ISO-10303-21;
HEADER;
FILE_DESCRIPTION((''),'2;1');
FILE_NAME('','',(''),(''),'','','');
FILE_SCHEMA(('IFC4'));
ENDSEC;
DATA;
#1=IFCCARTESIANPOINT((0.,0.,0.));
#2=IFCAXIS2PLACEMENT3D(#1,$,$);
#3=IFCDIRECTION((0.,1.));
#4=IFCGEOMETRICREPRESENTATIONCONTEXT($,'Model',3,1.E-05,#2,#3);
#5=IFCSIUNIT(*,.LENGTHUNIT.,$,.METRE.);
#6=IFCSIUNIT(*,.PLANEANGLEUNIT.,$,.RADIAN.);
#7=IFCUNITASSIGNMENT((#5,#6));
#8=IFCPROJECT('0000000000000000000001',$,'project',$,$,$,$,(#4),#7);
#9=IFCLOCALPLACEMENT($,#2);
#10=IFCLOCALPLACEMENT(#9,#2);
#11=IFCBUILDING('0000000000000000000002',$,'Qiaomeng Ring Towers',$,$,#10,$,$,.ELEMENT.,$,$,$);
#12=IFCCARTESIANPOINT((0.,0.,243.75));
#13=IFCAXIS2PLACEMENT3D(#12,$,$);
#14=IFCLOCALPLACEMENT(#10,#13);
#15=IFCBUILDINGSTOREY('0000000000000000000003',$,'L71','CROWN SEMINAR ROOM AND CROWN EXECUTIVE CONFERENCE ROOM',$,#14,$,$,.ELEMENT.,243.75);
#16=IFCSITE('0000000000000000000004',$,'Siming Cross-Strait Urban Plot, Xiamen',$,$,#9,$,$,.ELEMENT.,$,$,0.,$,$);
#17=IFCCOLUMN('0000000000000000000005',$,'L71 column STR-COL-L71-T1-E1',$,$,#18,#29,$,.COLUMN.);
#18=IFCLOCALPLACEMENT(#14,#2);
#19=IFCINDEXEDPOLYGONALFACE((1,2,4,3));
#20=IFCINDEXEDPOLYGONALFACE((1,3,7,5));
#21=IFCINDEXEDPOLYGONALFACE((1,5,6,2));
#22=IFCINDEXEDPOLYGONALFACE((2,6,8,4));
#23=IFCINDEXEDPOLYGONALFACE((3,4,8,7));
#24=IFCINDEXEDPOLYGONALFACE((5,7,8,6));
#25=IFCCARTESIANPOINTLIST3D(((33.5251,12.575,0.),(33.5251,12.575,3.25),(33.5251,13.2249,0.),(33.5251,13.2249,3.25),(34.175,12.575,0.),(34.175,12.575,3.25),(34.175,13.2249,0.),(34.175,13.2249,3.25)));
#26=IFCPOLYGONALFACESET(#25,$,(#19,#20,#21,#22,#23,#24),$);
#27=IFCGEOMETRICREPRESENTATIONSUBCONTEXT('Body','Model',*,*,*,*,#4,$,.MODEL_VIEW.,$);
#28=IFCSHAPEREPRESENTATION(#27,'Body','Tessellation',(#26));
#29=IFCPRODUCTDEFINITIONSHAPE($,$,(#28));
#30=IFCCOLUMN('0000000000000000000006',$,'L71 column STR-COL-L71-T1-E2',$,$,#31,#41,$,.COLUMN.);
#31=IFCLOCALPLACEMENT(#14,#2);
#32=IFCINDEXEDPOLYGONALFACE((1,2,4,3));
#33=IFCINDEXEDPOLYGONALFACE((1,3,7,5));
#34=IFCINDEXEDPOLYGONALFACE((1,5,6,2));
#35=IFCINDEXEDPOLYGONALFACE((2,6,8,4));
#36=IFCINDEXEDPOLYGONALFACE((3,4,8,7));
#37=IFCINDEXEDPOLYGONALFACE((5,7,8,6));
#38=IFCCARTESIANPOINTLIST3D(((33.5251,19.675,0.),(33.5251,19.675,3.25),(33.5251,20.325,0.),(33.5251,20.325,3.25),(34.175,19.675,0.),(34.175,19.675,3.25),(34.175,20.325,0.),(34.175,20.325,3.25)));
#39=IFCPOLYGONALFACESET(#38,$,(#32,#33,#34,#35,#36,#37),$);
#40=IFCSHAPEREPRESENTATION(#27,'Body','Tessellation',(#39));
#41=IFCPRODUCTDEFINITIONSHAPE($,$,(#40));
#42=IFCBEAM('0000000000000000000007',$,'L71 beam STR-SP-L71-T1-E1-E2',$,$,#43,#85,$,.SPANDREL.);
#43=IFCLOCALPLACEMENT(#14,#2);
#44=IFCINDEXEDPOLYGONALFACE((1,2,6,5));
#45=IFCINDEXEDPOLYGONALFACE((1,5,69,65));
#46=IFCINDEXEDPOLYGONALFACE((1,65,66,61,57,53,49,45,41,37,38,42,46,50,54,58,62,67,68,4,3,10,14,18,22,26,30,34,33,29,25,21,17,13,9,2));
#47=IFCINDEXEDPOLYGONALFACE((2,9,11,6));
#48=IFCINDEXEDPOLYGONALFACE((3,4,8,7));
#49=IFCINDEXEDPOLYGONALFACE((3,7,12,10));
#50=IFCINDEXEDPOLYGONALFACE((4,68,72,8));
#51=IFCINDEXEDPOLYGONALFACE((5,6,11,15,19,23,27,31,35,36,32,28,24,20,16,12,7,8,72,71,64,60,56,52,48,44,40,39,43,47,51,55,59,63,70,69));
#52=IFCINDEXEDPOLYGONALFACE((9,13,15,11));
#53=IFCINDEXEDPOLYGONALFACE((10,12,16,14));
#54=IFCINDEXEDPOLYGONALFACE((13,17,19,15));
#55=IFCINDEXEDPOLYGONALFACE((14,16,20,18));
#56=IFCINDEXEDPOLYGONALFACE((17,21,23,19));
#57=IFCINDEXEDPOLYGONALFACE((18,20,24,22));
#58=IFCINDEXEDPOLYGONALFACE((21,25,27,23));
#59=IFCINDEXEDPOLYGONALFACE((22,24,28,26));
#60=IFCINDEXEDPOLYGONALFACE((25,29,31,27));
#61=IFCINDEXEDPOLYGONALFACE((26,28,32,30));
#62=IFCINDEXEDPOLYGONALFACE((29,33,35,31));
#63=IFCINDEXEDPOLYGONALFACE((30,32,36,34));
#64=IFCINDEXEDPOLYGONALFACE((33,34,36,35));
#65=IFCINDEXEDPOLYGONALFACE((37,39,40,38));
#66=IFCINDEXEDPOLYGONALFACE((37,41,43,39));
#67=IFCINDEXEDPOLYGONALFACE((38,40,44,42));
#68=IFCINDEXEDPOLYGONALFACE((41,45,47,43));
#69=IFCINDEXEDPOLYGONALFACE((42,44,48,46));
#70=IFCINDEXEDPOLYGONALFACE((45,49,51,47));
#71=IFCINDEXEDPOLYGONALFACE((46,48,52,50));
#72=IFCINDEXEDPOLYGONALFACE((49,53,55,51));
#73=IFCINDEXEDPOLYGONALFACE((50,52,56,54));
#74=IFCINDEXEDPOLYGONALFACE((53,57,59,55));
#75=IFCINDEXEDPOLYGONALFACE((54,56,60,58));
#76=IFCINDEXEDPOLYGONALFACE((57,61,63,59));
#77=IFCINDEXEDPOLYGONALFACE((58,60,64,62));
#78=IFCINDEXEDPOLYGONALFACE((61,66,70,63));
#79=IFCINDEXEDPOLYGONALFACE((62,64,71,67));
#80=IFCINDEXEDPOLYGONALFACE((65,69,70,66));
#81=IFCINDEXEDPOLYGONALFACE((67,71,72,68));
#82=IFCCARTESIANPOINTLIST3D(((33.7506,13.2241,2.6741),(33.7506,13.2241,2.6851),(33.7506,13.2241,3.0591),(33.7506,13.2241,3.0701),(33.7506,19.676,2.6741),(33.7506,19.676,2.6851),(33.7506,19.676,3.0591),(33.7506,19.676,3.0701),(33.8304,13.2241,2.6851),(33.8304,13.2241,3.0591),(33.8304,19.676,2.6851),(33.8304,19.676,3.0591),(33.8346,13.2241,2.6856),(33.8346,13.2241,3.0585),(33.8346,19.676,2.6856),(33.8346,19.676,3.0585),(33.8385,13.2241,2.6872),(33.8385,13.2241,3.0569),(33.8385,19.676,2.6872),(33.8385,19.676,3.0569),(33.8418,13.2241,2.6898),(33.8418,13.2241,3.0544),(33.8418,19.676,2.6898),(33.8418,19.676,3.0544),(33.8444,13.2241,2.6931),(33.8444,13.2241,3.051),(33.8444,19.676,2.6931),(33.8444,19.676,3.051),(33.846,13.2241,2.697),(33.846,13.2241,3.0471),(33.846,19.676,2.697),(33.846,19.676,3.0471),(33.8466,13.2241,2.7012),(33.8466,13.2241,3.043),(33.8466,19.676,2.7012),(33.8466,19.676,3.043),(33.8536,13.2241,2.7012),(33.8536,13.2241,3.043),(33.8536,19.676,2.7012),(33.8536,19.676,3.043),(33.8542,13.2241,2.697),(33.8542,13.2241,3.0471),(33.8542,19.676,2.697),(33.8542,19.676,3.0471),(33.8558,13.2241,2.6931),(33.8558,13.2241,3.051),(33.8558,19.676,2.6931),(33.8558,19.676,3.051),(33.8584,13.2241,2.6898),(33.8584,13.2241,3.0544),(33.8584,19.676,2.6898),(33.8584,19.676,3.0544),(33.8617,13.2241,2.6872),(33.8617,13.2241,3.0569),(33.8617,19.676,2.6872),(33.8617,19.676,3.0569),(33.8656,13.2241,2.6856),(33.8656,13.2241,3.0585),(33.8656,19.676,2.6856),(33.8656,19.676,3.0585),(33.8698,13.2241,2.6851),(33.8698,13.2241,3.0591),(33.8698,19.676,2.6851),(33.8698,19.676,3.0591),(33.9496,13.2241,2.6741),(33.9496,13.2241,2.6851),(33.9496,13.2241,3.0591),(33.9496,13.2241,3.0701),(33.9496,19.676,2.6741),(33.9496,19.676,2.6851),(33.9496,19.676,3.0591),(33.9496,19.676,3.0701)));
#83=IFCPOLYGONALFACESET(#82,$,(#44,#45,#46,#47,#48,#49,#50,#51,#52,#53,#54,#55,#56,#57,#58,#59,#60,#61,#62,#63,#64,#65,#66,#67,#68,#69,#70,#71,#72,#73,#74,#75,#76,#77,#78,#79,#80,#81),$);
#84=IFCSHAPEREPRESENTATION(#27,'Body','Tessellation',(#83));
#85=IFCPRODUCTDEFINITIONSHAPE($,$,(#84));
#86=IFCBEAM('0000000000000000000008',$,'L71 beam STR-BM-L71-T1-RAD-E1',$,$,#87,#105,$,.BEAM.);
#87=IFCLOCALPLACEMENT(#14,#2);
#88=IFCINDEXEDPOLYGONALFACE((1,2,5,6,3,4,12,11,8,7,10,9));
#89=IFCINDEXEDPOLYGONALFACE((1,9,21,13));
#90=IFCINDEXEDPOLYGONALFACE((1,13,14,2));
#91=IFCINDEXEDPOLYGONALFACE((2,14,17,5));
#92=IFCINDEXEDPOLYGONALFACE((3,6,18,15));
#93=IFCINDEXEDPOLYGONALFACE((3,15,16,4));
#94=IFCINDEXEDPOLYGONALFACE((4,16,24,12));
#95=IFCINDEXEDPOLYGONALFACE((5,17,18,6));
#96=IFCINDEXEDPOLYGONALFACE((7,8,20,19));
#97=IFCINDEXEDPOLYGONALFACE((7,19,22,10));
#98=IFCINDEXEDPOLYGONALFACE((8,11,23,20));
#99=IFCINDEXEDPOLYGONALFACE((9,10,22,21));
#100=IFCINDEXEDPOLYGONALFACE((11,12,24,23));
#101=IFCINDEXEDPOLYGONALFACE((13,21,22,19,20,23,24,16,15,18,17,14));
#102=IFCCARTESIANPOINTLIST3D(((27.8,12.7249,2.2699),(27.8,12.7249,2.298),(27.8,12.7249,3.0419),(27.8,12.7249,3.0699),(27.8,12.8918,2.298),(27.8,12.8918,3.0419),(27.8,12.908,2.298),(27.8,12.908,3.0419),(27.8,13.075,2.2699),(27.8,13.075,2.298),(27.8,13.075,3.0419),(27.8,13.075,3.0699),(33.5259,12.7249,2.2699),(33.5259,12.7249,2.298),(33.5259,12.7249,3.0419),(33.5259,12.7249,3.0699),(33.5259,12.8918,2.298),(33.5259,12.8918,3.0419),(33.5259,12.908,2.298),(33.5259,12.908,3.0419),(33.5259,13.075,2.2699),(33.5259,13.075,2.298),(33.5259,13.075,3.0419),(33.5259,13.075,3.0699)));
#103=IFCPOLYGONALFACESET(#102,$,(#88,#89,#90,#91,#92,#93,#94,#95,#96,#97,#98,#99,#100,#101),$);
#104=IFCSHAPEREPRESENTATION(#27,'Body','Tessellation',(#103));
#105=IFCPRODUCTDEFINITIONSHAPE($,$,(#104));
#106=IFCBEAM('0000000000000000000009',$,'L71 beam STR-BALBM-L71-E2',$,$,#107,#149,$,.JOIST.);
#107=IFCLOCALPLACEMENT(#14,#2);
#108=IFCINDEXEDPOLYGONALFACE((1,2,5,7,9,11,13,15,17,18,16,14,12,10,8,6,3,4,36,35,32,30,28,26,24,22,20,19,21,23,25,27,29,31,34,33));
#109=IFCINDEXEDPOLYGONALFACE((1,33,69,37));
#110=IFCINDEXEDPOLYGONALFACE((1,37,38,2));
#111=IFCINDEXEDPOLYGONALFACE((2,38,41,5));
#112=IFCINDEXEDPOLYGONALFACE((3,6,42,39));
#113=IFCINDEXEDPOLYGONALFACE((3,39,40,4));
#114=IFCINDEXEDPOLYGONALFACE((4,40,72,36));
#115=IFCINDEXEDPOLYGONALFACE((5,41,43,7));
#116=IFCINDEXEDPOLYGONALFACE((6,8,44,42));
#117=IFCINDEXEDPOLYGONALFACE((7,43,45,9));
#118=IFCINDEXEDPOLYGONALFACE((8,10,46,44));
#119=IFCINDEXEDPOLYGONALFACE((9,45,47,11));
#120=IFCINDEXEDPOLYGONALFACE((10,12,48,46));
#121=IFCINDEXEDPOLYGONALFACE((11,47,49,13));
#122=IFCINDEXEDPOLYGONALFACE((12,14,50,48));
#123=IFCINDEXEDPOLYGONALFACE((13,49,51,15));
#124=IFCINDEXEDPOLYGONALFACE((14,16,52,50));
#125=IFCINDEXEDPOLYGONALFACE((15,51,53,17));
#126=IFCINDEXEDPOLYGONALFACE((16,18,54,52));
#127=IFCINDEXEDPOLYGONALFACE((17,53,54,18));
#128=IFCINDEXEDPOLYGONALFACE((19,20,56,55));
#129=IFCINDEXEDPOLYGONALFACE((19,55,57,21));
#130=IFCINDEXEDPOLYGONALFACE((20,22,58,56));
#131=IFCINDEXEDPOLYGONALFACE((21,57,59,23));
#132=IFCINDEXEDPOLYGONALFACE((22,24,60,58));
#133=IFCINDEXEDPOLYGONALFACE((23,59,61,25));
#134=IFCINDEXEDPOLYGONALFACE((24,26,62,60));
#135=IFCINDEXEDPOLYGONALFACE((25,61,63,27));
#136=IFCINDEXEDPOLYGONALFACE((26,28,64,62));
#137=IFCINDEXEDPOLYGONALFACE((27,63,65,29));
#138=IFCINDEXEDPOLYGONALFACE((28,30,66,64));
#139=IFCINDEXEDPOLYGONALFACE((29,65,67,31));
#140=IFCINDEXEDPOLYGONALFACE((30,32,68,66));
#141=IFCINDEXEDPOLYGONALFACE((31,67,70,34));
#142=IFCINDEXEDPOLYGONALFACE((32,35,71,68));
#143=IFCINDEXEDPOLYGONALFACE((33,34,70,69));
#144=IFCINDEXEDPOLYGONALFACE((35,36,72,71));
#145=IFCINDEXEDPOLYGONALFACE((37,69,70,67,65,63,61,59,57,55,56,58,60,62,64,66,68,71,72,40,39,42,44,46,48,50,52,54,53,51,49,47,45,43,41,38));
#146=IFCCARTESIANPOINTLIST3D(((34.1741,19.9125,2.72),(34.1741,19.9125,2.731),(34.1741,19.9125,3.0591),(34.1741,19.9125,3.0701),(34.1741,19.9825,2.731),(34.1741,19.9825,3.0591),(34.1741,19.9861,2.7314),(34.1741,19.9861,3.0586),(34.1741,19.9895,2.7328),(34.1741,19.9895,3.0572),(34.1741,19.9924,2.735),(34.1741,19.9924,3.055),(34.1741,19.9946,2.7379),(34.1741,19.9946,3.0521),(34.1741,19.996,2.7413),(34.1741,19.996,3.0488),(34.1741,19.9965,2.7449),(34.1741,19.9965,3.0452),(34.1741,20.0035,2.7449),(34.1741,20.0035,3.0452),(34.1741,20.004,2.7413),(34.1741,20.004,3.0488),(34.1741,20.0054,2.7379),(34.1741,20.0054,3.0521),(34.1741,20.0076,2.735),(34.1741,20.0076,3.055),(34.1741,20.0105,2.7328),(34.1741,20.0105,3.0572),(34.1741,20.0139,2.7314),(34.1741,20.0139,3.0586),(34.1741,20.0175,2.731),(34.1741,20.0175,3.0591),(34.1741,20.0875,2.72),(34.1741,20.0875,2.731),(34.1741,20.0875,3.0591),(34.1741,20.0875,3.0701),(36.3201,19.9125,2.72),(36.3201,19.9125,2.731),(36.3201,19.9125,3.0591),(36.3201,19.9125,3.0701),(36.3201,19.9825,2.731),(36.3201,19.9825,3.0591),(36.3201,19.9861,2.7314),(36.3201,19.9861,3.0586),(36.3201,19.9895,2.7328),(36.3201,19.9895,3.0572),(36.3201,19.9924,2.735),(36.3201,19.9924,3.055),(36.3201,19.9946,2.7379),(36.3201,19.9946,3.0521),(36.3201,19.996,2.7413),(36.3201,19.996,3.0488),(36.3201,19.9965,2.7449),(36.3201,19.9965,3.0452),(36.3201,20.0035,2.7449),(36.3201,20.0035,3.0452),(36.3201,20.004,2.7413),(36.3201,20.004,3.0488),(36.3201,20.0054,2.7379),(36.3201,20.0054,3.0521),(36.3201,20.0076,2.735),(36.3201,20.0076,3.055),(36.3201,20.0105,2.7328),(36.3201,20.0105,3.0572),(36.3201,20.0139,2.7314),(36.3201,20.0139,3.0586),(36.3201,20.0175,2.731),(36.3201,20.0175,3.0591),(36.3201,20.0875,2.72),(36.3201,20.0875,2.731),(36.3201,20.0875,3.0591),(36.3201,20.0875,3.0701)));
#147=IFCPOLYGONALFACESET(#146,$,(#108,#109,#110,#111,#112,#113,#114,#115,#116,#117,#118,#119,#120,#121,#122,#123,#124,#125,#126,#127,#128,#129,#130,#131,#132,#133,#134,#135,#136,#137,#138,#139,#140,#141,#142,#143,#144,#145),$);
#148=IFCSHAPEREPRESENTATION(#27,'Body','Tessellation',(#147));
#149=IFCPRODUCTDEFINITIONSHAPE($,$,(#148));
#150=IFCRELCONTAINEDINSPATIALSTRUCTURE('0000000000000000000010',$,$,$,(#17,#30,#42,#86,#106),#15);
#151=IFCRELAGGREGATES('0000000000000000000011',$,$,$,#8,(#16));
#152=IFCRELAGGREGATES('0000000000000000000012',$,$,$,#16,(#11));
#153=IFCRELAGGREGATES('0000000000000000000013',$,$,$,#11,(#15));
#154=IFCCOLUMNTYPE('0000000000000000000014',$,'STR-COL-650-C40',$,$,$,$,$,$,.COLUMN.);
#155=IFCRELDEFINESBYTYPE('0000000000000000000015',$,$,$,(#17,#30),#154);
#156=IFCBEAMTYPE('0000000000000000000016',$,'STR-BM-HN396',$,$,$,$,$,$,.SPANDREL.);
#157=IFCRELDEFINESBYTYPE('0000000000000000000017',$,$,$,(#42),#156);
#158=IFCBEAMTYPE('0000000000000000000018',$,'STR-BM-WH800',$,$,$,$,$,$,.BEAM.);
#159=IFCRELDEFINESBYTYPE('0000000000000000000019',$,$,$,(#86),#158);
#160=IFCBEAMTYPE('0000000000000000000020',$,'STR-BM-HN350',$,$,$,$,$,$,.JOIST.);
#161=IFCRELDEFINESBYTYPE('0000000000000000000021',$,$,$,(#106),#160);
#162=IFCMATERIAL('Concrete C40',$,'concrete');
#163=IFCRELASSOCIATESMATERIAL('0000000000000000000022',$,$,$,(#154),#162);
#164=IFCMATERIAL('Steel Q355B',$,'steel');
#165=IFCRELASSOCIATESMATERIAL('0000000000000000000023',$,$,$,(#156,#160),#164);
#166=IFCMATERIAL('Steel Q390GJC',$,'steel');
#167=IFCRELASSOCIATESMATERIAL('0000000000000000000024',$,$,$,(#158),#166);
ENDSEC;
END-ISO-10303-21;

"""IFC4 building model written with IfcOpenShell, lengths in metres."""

from ifc_helpers import new_model, si_unit, direction, frame, origin, origin_2d, place, context, subcontext, project, spatial, rectangle, i_section, extrude, source, transform, mapped, material, material_profile, profile_set, type_object, element, save


model = new_model("IFC4")

# Units and contexts
model_context = context("Model", 3, precision=1e-05, world=origin(), true_north=direction((0.0, 1.0)))
body_context = subcontext(model_context, "Body", "Model", "MODEL_VIEW")
ifc_project = project(units=[si_unit("LENGTHUNIT", "METRE"), si_unit("PLANEANGLEUNIT", "RADIAN")], contexts=[model_context])

# Site, building, storey
site_placement = place(None, origin())
site = spatial("IfcSite", under=ifc_project, at=site_placement, Name="Siming Cross-Strait Urban Plot, Xiamen", CompositionType="ELEMENT", RefElevation=0.0)
building_placement = place(site_placement, origin())
building = spatial("IfcBuilding", under=site, at=building_placement, Name="Qiaomeng Ring Towers", CompositionType="ELEMENT")
storey_placement = place(building_placement, frame((0.0, 0.0, 243.75)))
storey = spatial("IfcBuildingStorey", under=building, at=storey_placement, Name="L71", Description="CROWN SEMINAR ROOM AND CROWN EXECUTIVE CONFERENCE ROOM", CompositionType="ELEMENT", Elevation=243.75)

# Columns
ifc_material_1 = material(Name="Concrete C40", Category="concrete")
ifc_material_profile_1 = material_profile(ifc_material_1, rectangle(XDim=0.6499, YDim=0.6499, at=origin_2d()), Name="RC COL 650x650")
ifc_profile_set_1 = profile_set([ifc_material_profile_1], Name="Concrete C40")
column_type = type_object("IfcColumnType", Name="STR-COL-650-C40", PredefinedType="COLUMN", material=ifc_profile_set_1)
shared_shape_1 = source(origin(), body_context, "Body", "SweptSolid", [
    extrude(rectangle(XDim=0.6499, YDim=0.6499, at=origin_2d()), origin(), (0.0, 0.0, 1.0), 3.25),
])
for number, where, z_axis, x_axis, name in (
    (1, (33.8501, 12.8999, 0.0), (0.0, 0.0, 1.0), (1.0, 0.0, 0.0), "L71 column STR-COL-L71-T1-E1"),
    (2, (33.8501, 20.0, 0.0), (0.0, 0.0, 1.0), (1.0, 0.0, 0.0), "L71 column STR-COL-L71-T1-E2"),
):
    element("IfcColumn", number, at=place(storey_placement, frame(where, z_axis=z_axis, x_axis=x_axis)), inside=storey, type_object=column_type, Name=name, PredefinedType="COLUMN", context=body_context, shape_type="MappedRepresentation", body=[
        mapped(shared_shape_1, transform((0.0, 0.0, 0.0), x_axis=(1.0, 0.0, 0.0), y_axis=(0.0, 1.0, 0.0), z_axis=(0.0, 0.0, 1.0), scale=1.0)),
    ])

# Beams
ifc_material_2 = material(Name="Steel Q355B", Category="steel")
ifc_material_profile_2 = material_profile(ifc_material_2, i_section(OverallWidth=0.199, OverallDepth=0.396, WebThickness=0.0071, FlangeThickness=0.011, FilletRadius=0.0161, at=origin_2d()), Name="HN 396x199x7x11")
ifc_profile_set_2 = profile_set([ifc_material_profile_2], Name="Steel Q355B")
beam_type_1 = type_object("IfcBeamType", Name="STR-BM-HN396", PredefinedType="SPANDREL", material=ifc_profile_set_2)
shared_shape_2 = source(origin(), body_context, "Body", "SweptSolid", [
    extrude(i_section(OverallWidth=0.199, OverallDepth=0.396, WebThickness=0.0071, FlangeThickness=0.011, FilletRadius=0.0161, at=origin_2d()), origin(), (0.0, 0.0, 1.0), 6.4519),
])
beam_1_placement = place(storey_placement, frame((33.8501, 13.2241, 2.8721), z_axis=(0.0, 1.0, 0.0), x_axis=(-1.0, 0.0, 0.0)))
element("IfcBeam", 3, at=beam_1_placement, inside=storey, type_object=beam_type_1, Name="L71 beam STR-SP-L71-T1-E1-E2", PredefinedType="SPANDREL", context=body_context, shape_type="MappedRepresentation", body=[
    mapped(shared_shape_2, transform((0.0, 0.0, 0.0), x_axis=(1.0, 0.0, 0.0), y_axis=(0.0, 1.0, 0.0), z_axis=(0.0, 0.0, 1.0), scale=1.0)),
])
ifc_material_3 = material(Name="Steel Q390GJC", Category="steel")
ifc_material_profile_3 = material_profile(ifc_material_3, i_section(OverallWidth=0.3501, OverallDepth=0.8, WebThickness=0.0161, FlangeThickness=0.0281, at=origin_2d()), Name="WH 800x350x16x28")
ifc_profile_set_3 = profile_set([ifc_material_profile_3], Name="Steel Q390GJC")
beam_type_2 = type_object("IfcBeamType", Name="STR-BM-WH800", PredefinedType="BEAM", material=ifc_profile_set_3)
shared_shape_3 = source(origin(), body_context, "Body", "SweptSolid", [
    extrude(i_section(OverallWidth=0.3501, OverallDepth=0.8, WebThickness=0.0161, FlangeThickness=0.0281, at=origin_2d()), origin(), (0.0, 0.0, 1.0), 5.7258),
])
beam_2_placement = place(storey_placement, frame((27.8, 12.8999, 2.6699), z_axis=(1.0, 0.0, 0.0), x_axis=(0.0, 1.0, 0.0)))
element("IfcBeam", 4, at=beam_2_placement, inside=storey, type_object=beam_type_2, Name="L71 beam STR-BM-L71-T1-RAD-E1", PredefinedType="BEAM", context=body_context, shape_type="MappedRepresentation", body=[
    mapped(shared_shape_3, transform((0.0, 0.0, 0.0), x_axis=(1.0, 0.0, 0.0), y_axis=(0.0, 1.0, 0.0), z_axis=(0.0, 0.0, 1.0), scale=1.0)),
])
ifc_material_profile_4 = material_profile(ifc_material_2, i_section(OverallWidth=0.175, OverallDepth=0.3501, WebThickness=0.0071, FlangeThickness=0.011, FilletRadius=0.0139, at=origin_2d()), Name="HN 350x175x7x11")
ifc_profile_set_4 = profile_set([ifc_material_profile_4], Name="Steel Q355B")
beam_type_3 = type_object("IfcBeamType", Name="STR-BM-HN350", PredefinedType="JOIST", material=ifc_profile_set_4)
shared_shape_4 = source(origin(), body_context, "Body", "SweptSolid", [
    extrude(i_section(OverallWidth=0.175, OverallDepth=0.3501, WebThickness=0.0071, FlangeThickness=0.011, FilletRadius=0.0139, at=origin_2d()), origin(), (0.0, 0.0, 1.0), 2.146),
])
beam_3_placement = place(storey_placement, frame((34.1741, 20.0, 2.895), z_axis=(1.0, 0.0, 0.0), x_axis=(0.0, 1.0, 0.0)))
element("IfcBeam", 5, at=beam_3_placement, inside=storey, type_object=beam_type_3, Name="L71 beam STR-BALBM-L71-E2", PredefinedType="JOIST", context=body_context, shape_type="MappedRepresentation", body=[
    mapped(shared_shape_4, transform((0.0, 0.0, 0.0), x_axis=(1.0, 0.0, 0.0), y_axis=(0.0, 1.0, 0.0), z_axis=(0.0, 0.0, 1.0), scale=1.0)),
])

save(model, "model.ifc")
